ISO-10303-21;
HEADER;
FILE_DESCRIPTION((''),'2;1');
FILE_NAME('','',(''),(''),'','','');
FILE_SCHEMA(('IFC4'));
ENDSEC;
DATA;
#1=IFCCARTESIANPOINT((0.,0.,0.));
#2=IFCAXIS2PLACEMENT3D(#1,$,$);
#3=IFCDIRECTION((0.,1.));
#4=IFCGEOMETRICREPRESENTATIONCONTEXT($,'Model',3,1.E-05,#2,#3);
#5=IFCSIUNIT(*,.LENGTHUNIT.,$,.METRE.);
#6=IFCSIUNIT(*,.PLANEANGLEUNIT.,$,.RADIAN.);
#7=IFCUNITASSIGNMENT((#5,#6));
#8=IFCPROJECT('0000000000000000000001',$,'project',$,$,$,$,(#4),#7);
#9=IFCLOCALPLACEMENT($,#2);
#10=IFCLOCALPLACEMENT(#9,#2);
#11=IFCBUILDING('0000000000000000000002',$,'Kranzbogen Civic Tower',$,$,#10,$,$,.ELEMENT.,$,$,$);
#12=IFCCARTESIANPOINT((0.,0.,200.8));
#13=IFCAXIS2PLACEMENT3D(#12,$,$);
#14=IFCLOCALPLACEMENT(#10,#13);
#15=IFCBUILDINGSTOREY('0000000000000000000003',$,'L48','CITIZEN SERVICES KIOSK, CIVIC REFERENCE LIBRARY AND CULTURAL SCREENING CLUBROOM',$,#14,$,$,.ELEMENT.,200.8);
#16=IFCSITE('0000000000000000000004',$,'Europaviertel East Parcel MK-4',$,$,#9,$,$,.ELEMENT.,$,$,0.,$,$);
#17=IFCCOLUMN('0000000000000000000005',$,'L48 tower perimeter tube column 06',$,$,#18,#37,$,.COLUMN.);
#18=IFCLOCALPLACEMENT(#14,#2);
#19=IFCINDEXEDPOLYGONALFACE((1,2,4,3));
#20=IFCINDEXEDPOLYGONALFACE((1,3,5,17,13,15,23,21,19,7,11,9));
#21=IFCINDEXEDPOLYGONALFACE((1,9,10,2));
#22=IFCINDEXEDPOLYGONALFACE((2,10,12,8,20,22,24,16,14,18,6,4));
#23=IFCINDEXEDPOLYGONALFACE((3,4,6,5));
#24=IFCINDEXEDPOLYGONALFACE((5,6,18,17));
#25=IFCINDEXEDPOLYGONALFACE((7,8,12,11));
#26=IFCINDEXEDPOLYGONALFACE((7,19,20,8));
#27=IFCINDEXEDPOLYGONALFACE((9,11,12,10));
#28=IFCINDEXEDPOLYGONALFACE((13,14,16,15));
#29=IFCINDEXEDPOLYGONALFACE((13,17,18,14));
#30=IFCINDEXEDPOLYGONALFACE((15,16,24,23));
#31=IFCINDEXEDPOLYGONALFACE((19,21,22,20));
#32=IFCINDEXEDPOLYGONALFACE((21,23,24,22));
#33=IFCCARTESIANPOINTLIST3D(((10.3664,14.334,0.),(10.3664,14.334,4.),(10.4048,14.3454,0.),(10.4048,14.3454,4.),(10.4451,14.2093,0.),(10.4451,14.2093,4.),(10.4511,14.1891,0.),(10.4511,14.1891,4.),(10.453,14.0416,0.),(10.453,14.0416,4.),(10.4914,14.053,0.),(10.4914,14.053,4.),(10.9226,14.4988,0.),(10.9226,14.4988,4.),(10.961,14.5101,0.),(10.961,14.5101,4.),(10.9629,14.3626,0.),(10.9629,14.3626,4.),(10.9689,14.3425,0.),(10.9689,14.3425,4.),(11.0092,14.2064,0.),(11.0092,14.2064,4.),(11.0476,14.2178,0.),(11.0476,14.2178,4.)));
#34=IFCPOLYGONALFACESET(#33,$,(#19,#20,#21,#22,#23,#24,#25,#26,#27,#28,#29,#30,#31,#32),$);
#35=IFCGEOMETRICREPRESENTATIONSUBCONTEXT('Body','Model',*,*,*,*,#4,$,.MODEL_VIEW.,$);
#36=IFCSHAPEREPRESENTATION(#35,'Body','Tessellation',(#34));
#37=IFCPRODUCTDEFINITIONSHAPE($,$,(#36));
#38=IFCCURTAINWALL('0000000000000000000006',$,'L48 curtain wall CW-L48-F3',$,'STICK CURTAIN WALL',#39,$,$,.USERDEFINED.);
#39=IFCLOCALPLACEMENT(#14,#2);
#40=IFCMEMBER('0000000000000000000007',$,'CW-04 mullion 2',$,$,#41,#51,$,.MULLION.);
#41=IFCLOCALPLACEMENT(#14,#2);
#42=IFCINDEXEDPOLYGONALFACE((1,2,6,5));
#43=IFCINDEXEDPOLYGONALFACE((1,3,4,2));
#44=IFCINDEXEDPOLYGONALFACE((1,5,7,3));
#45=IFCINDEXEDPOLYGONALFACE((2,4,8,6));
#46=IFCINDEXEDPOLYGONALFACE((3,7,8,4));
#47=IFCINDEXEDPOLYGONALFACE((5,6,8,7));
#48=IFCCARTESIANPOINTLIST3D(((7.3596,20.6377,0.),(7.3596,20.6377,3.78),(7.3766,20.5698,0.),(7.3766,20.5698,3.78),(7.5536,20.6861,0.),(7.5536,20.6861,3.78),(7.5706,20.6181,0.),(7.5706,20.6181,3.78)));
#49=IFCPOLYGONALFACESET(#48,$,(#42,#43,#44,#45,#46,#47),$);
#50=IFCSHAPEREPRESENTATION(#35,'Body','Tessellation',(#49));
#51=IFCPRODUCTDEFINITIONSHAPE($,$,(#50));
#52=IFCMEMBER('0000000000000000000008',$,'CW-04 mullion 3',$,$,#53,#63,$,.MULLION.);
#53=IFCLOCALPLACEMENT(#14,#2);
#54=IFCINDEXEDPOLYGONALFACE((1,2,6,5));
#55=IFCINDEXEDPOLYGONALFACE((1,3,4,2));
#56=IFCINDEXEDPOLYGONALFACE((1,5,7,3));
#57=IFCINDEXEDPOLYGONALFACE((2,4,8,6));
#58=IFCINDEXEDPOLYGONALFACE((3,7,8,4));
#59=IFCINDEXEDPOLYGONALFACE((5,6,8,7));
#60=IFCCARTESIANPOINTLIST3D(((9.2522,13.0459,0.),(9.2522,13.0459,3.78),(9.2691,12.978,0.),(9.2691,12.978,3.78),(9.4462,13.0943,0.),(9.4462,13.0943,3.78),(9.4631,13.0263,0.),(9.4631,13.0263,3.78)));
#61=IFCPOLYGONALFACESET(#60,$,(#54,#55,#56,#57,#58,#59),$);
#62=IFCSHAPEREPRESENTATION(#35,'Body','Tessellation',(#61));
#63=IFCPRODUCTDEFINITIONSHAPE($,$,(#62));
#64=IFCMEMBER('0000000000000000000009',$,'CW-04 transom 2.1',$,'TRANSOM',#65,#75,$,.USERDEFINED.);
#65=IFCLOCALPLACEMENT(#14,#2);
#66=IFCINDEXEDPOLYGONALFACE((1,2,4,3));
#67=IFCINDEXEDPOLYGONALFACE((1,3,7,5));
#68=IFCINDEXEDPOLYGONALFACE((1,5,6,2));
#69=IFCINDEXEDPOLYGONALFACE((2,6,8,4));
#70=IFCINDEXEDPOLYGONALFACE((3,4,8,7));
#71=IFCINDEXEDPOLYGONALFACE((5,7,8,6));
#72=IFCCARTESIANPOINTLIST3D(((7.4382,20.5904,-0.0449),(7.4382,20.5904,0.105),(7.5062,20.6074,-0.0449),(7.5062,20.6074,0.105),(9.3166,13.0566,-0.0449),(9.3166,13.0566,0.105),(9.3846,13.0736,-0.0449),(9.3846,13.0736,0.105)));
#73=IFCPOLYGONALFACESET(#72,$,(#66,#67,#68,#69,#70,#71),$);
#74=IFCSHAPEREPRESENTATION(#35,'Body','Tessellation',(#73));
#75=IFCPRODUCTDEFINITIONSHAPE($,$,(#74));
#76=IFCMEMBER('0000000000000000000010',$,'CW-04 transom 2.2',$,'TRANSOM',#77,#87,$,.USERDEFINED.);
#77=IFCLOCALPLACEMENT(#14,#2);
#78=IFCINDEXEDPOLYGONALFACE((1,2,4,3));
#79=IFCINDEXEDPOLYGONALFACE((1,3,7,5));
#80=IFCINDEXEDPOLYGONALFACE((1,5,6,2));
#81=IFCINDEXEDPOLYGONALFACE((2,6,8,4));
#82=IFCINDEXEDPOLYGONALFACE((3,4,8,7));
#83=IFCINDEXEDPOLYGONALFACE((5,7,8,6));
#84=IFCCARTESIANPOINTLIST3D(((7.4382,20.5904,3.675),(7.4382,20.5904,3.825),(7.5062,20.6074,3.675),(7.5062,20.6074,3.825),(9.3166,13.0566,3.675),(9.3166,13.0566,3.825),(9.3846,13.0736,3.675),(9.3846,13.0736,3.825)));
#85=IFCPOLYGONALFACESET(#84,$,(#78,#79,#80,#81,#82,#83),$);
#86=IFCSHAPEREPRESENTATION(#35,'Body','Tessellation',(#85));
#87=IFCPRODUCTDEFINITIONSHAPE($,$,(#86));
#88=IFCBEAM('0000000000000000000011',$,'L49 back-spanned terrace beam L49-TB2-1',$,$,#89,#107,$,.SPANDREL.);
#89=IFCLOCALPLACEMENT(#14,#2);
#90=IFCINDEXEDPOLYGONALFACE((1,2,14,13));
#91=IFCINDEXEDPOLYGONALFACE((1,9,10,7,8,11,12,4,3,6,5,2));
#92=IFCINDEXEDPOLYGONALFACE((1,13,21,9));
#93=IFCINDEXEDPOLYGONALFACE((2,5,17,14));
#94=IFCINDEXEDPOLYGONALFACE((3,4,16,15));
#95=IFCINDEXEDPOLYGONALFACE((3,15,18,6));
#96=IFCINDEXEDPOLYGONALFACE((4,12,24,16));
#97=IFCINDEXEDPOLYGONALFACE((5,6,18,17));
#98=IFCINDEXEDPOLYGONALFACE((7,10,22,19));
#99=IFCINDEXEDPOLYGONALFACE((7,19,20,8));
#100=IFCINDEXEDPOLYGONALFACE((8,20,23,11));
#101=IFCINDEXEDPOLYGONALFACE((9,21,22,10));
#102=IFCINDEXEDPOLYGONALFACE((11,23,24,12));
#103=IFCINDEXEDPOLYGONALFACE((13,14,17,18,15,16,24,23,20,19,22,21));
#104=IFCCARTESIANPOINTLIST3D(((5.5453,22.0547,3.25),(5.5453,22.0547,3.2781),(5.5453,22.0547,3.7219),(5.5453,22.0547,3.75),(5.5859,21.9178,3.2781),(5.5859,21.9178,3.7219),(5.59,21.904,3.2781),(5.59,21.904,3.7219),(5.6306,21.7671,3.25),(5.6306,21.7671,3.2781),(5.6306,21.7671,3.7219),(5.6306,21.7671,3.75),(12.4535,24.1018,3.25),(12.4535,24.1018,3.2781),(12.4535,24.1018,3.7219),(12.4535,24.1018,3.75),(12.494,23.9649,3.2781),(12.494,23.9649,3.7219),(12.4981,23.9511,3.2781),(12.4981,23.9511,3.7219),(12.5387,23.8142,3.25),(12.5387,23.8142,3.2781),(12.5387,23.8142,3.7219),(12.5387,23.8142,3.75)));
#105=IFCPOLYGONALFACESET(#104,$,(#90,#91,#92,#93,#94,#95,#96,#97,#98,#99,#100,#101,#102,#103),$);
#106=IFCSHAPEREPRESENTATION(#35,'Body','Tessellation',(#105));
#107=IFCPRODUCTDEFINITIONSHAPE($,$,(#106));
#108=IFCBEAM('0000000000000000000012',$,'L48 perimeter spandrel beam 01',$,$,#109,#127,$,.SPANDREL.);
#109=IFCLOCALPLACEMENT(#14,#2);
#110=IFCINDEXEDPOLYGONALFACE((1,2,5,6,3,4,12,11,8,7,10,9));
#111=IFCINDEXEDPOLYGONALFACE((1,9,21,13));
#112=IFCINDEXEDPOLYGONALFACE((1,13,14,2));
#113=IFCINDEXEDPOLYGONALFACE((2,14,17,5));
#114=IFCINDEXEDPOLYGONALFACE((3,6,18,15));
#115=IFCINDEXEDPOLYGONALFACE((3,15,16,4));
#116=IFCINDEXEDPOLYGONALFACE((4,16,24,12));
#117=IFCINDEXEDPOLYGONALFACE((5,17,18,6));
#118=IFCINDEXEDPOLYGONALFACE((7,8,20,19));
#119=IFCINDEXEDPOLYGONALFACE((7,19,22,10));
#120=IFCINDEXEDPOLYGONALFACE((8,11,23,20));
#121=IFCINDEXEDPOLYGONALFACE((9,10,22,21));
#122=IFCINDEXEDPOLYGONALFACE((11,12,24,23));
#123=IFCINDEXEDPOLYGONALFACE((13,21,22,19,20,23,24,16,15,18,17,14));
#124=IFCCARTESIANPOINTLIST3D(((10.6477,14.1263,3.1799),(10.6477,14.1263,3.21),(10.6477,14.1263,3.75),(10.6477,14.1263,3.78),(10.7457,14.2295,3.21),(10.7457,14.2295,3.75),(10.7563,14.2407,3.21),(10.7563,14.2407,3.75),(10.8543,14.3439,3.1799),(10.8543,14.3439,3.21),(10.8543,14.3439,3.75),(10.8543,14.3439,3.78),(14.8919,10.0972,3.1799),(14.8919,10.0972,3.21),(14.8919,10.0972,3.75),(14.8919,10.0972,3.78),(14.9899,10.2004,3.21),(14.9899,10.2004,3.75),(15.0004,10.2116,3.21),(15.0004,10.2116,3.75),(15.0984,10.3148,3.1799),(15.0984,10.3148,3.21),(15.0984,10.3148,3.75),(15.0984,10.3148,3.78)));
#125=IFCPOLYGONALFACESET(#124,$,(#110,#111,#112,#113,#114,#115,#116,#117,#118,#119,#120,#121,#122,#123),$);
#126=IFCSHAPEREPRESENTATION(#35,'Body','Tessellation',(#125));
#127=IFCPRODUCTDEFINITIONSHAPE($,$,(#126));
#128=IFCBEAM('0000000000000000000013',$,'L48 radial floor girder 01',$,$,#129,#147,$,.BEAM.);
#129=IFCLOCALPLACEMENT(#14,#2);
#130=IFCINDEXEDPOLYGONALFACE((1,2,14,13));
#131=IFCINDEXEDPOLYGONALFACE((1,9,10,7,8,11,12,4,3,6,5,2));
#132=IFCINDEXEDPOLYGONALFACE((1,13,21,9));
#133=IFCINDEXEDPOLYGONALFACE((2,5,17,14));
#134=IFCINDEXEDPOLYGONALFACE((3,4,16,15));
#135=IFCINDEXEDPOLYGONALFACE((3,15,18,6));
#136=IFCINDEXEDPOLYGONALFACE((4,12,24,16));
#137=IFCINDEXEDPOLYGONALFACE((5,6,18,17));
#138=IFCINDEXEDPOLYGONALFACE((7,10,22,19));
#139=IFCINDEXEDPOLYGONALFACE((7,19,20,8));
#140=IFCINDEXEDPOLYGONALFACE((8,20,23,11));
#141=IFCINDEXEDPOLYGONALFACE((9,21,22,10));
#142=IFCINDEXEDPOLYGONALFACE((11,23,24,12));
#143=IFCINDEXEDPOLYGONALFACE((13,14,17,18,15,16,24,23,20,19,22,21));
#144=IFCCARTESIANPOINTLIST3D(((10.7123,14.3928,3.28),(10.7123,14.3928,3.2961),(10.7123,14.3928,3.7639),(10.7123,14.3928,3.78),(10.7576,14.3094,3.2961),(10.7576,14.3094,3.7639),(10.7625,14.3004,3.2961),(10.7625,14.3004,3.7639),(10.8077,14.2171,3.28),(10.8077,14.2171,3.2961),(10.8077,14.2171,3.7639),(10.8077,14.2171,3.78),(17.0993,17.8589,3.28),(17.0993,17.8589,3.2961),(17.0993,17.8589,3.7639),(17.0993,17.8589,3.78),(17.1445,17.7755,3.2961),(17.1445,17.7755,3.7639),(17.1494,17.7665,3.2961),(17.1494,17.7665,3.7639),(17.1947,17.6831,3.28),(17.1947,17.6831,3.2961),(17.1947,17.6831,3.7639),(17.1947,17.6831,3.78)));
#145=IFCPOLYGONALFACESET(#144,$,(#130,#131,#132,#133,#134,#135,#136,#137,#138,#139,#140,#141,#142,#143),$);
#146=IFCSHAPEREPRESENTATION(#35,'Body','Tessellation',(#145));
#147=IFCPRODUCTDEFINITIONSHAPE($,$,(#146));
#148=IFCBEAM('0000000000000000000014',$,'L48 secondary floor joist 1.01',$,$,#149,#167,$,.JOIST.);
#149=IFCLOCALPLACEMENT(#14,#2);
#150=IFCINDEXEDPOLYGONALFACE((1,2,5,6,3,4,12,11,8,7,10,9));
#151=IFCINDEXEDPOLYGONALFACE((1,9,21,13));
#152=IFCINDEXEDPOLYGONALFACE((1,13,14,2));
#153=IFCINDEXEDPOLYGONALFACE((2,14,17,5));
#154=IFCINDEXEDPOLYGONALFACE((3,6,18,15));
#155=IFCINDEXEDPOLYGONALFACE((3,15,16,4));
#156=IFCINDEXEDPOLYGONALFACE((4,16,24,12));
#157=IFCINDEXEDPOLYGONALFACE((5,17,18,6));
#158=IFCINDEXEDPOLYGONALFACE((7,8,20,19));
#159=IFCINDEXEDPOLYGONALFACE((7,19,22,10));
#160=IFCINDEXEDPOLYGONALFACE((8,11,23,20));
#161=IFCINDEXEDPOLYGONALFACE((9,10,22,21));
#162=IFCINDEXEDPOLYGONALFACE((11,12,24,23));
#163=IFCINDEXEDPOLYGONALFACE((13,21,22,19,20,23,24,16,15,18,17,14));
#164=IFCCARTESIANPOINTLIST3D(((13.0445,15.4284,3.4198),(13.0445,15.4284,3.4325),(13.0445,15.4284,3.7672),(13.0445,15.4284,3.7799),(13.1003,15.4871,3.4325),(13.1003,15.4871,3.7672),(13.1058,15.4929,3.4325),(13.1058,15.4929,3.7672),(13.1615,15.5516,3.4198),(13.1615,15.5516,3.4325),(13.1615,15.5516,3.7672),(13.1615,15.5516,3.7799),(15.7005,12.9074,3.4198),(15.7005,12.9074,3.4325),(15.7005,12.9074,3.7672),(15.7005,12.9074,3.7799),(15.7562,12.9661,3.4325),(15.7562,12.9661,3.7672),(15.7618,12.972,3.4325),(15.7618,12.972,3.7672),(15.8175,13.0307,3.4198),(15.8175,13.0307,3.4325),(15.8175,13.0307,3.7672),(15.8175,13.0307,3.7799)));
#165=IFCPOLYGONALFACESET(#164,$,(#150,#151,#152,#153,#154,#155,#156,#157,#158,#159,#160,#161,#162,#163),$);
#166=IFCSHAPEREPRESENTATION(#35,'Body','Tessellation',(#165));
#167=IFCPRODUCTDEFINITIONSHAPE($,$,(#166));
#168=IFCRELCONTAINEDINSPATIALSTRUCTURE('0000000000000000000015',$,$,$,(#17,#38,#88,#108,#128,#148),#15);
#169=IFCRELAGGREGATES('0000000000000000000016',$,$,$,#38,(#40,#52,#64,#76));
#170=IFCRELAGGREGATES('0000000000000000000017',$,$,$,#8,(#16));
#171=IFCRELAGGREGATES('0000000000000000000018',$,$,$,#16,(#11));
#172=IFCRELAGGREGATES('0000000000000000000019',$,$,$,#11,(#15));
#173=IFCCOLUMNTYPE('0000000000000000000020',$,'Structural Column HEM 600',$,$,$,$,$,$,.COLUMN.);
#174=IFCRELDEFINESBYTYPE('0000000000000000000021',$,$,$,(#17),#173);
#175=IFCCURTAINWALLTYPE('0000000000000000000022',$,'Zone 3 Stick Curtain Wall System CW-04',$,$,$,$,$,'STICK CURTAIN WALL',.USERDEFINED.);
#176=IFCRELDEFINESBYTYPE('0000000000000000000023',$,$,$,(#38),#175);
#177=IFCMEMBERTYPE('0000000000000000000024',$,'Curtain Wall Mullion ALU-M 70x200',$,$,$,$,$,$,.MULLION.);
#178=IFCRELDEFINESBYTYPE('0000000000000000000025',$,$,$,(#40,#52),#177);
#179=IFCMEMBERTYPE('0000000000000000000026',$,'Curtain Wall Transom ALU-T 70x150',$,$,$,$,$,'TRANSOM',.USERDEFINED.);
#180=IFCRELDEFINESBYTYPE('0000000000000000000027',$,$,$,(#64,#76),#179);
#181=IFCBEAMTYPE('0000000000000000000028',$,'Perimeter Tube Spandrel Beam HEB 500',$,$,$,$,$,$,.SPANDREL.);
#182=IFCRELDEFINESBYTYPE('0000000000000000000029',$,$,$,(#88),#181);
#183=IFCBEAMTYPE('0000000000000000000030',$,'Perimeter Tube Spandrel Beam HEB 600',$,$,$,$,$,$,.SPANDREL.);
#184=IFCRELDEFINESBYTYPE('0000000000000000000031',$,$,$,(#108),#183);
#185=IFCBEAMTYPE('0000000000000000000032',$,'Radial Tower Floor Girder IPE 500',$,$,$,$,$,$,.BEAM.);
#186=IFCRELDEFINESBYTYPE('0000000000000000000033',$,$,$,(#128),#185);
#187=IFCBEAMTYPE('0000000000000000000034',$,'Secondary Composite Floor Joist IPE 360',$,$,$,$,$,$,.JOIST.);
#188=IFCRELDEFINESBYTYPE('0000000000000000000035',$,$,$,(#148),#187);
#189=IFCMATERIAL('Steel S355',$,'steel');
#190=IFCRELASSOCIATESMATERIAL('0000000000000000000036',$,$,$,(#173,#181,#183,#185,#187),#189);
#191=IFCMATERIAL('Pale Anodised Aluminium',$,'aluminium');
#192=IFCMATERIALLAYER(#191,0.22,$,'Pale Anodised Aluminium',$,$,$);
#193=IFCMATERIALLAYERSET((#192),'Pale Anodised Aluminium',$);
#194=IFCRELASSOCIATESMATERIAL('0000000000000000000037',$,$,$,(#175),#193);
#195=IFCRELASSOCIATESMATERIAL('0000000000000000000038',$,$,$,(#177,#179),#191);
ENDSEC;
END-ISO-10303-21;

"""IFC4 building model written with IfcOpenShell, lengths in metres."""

from ifc_helpers import new_model, si_unit, direction, frame, origin, origin_2d, place, context, subcontext, project, spatial, rectangle, i_section, extrude, material, layer, layer_set, material_profile, profile_set, type_object, element, aggregate, save


model = new_model("IFC4")

# Units and contexts
model_context = context("Model", 3, precision=1e-05, world=origin(), true_north=direction((0.0, 1.0)))
body_context = subcontext(model_context, "Body", "Model", "MODEL_VIEW")
ifc_project = project(units=[si_unit("LENGTHUNIT", "METRE"), si_unit("PLANEANGLEUNIT", "RADIAN")], contexts=[model_context])

# Site, building, storey
site_placement = place(None, origin())
site = spatial("IfcSite", under=ifc_project, at=site_placement, Name="Europaviertel East Parcel MK-4", CompositionType="ELEMENT", RefElevation=0.0)
building_placement = place(site_placement, origin())
building = spatial("IfcBuilding", under=site, at=building_placement, Name="Kranzbogen Civic Tower", CompositionType="ELEMENT")
storey_placement = place(building_placement, frame((0.0, 0.0, 200.8)))
storey = spatial("IfcBuildingStorey", under=building, at=storey_placement, Name="L48", Description="CITIZEN SERVICES KIOSK, CIVIC REFERENCE LIBRARY AND CULTURAL SCREENING CLUBROOM", CompositionType="ELEMENT", Elevation=200.8)

# Column
ifc_material_1 = material(Name="Steel S355", Category="steel")
ifc_material_profile_1 = material_profile(ifc_material_1, i_section(OverallWidth=0.3049, OverallDepth=0.6201, WebThickness=0.021, FlangeThickness=0.04, at=origin_2d()), Name="HEM 600")
ifc_profile_set_1 = profile_set([ifc_material_profile_1], Name="Steel S355")
column_type = type_object("IfcColumnType", Name="Structural Column HEM 600", PredefinedType="COLUMN", material=ifc_profile_set_1)
column_placement = place(storey_placement, frame((10.707, 14.2759, 0.0), z_axis=(0.0, 0.0, 1.0), x_axis=(-0.284015, 0.95882, 0.0)))
element("IfcColumn", 1, at=column_placement, inside=storey, type_object=column_type, Name="L48 tower perimeter tube column 06", PredefinedType="COLUMN", context=body_context, shape_type="SweptSolid", body=[
    extrude(i_section(OverallWidth=0.3049, OverallDepth=0.6201, WebThickness=0.021, FlangeThickness=0.04, at=origin_2d()), origin(), (0.0, 0.0, 1.0), 4.0),
])

# Curtain wall, members
ifc_material_2 = material(Name="Pale Anodised Aluminium", Category="aluminium")
ifc_layer_1 = layer(ifc_material_2, 0.22, Name="Pale Anodised Aluminium")
ifc_layer_set_1 = layer_set([ifc_layer_1], Name="Pale Anodised Aluminium")
curtain_wall_type = type_object("IfcCurtainWallType", Name="Zone 3 Stick Curtain Wall System CW-04", ElementType="STICK CURTAIN WALL", PredefinedType="USERDEFINED", material=ifc_layer_set_1)
curtain_wall_placement = place(storey_placement, origin())
curtain_wall = element("IfcCurtainWall", 2, at=curtain_wall_placement, inside=storey, type_object=curtain_wall_type, Name="L48 curtain wall CW-L48-F3", ObjectType="STICK CURTAIN WALL", PredefinedType="USERDEFINED")
ifc_material_profile_2 = material_profile(ifc_material_2, rectangle(XDim=0.0701, YDim=0.2, at=origin_2d()), Name="ALU-M 70x200")
ifc_profile_set_2 = profile_set([ifc_material_profile_2], Name="Pale Anodised Aluminium")
member_type_1 = type_object("IfcMemberType", Name="Curtain Wall Mullion ALU-M 70x200", PredefinedType="MULLION", material=ifc_profile_set_2)
member_1_placement = place(storey_placement, frame((7.4651, 20.6279, 0.0), z_axis=(0.0, 0.0, 1.0), x_axis=(0.241906, -0.9703, 0.0)))
member_1 = element("IfcMember", 3, at=member_1_placement, type_object=member_type_1, Name="CW-04 mullion 2", PredefinedType="MULLION", context=body_context, shape_type="SweptSolid", body=[
    extrude(rectangle(XDim=0.0701, YDim=0.2, at=origin_2d()), origin(), (0.0, 0.0, 1.0), 3.78),
])
member_2_placement = place(storey_placement, frame((9.3577, 13.0361, 0.0), z_axis=(0.0, 0.0, 1.0), x_axis=(0.241906, -0.9703, 0.0)))
member_2 = element("IfcMember", 4, at=member_2_placement, type_object=member_type_1, Name="CW-04 mullion 3", PredefinedType="MULLION", context=body_context, shape_type="SweptSolid", body=[
    extrude(rectangle(XDim=0.0701, YDim=0.2, at=origin_2d()), origin(), (0.0, 0.0, 1.0), 3.78),
])
ifc_material_profile_3 = material_profile(ifc_material_2, rectangle(XDim=0.0701, YDim=0.1499, at=origin_2d()), Name="ALU-T 70x150")
ifc_profile_set_3 = profile_set([ifc_material_profile_3], Name="Pale Anodised Aluminium")
member_type_2 = type_object("IfcMemberType", Name="Curtain Wall Transom ALU-T 70x150", ElementType="TRANSOM", PredefinedType="USERDEFINED", material=ifc_profile_set_3)
member_3_placement = place(storey_placement, frame((7.4722, 20.5989, 0.03), z_axis=(0.241929, -0.970294, 0.0), x_axis=(0.970294, 0.241929, 0.0)))
member_3 = element("IfcMember", 5, at=member_3_placement, type_object=member_type_2, Name="CW-04 transom 2.1", ObjectType="TRANSOM", PredefinedType="USERDEFINED", context=body_context, shape_type="SweptSolid", body=[
    extrude(rectangle(XDim=0.0701, YDim=0.1499, at=origin_2d()), origin(), (0.0, 0.0, 1.0), 7.7644),
])
member_4_placement = place(storey_placement, frame((7.4722, 20.5989, 3.75), z_axis=(0.241929, -0.970294, 0.0), x_axis=(0.970294, 0.241929, 0.0)))
member_4 = element("IfcMember", 6, at=member_4_placement, type_object=member_type_2, Name="CW-04 transom 2.2", ObjectType="TRANSOM", PredefinedType="USERDEFINED", context=body_context, shape_type="SweptSolid", body=[
    extrude(rectangle(XDim=0.0701, YDim=0.1499, at=origin_2d()), origin(), (0.0, 0.0, 1.0), 7.7644),
])

# Beams
ifc_material_profile_4 = material_profile(ifc_material_1, i_section(OverallWidth=0.3, OverallDepth=0.5, WebThickness=0.0144, FlangeThickness=0.0281, at=origin_2d()), Name="HEB 500")
ifc_profile_set_4 = profile_set([ifc_material_profile_4], Name="Steel S355")
beam_type_1 = type_object("IfcBeamType", Name="Perimeter Tube Spandrel Beam HEB 500", PredefinedType="SPANDREL", material=ifc_profile_set_4)
beam_1_placement = place(storey_placement, frame((12.4961, 23.958, 3.5), z_axis=(-0.958789, -0.284119, 0.0), x_axis=(0.284119, -0.958789, 0.0)))
element("IfcBeam", 7, at=beam_1_placement, inside=storey, type_object=beam_type_1, Name="L49 back-spanned terrace beam L49-TB2-1", PredefinedType="SPANDREL", context=body_context, shape_type="SweptSolid", body=[
    extrude(i_section(OverallWidth=0.3, OverallDepth=0.5, WebThickness=0.0144, FlangeThickness=0.0281, at=origin_2d()), origin(), (0.0, 0.0, 1.0), 7.2051),
])
ifc_material_profile_5 = material_profile(ifc_material_1, i_section(OverallWidth=0.3, OverallDepth=0.6001, WebThickness=0.0154, FlangeThickness=0.03, at=origin_2d()), Name="HEB 600")
ifc_profile_set_5 = profile_set([ifc_material_profile_5], Name="Steel S355")
beam_type_2 = type_object("IfcBeamType", Name="Perimeter Tube Spandrel Beam HEB 600", PredefinedType="SPANDREL", material=ifc_profile_set_5)
beam_2_placement = place(storey_placement, frame((10.751, 14.2351, 3.48), z_axis=(0.725245, -0.688491, 0.0), x_axis=(0.688491, 0.725245, 0.0)))
element("IfcBeam", 8, at=beam_2_placement, inside=storey, type_object=beam_type_2, Name="L48 perimeter spandrel beam 01", PredefinedType="SPANDREL", context=body_context, shape_type="SweptSolid", body=[
    extrude(i_section(OverallWidth=0.3, OverallDepth=0.6001, WebThickness=0.0154, FlangeThickness=0.03, at=origin_2d()), origin(), (0.0, 0.0, 1.0), 5.8521),
])
ifc_material_profile_6 = material_profile(ifc_material_1, i_section(OverallWidth=0.2, OverallDepth=0.5, WebThickness=0.0103, FlangeThickness=0.0161, at=origin_2d()), Name="IPE 500")
ifc_profile_set_6 = profile_set([ifc_material_profile_6], Name="Steel S355")
beam_type_3 = type_object("IfcBeamType", Name="Radial Tower Floor Girder IPE 500", PredefinedType="BEAM", material=ifc_profile_set_6)
beam_3_placement = place(storey_placement, frame((10.76, 14.3049, 3.53), z_axis=(0.878919, 0.47697, 0.0), x_axis=(-0.47697, 0.878919, 0.0)))
element("IfcBeam", 9, at=beam_3_placement, inside=storey, type_object=beam_type_3, Name="L48 radial floor girder 01", PredefinedType="BEAM", context=body_context, shape_type="SweptSolid", body=[
    extrude(i_section(OverallWidth=0.2, OverallDepth=0.5, WebThickness=0.0103, FlangeThickness=0.0161, at=origin_2d()), origin(), (0.0, 0.0, 1.0), 7.2668),
])
ifc_material_profile_7 = material_profile(ifc_material_1, i_section(OverallWidth=0.1699, OverallDepth=0.3601, WebThickness=0.0081, FlangeThickness=0.0127, at=origin_2d()), Name="IPE 360")
ifc_profile_set_7 = profile_set([ifc_material_profile_7], Name="Steel S355")
beam_type_4 = type_object("IfcBeamType", Name="Secondary Composite Floor Joist IPE 360", PredefinedType="JOIST", material=ifc_profile_set_7)
beam_4_placement = place(storey_placement, frame((13.103, 15.49, 3.5999), z_axis=(0.725301, -0.688432, 0.0), x_axis=(0.688432, 0.725301, 0.0)))
element("IfcBeam", 10, at=beam_4_placement, inside=storey, type_object=beam_type_4, Name="L48 secondary floor joist 1.01", PredefinedType="JOIST", context=body_context, shape_type="SweptSolid", body=[
    extrude(i_section(OverallWidth=0.1699, OverallDepth=0.3601, WebThickness=0.0081, FlangeThickness=0.0127, at=origin_2d()), origin(), (0.0, 0.0, 1.0), 3.6619),
])

aggregate(curtain_wall, [member_1, member_2, member_3, member_4])

save(model, "model.ifc")
